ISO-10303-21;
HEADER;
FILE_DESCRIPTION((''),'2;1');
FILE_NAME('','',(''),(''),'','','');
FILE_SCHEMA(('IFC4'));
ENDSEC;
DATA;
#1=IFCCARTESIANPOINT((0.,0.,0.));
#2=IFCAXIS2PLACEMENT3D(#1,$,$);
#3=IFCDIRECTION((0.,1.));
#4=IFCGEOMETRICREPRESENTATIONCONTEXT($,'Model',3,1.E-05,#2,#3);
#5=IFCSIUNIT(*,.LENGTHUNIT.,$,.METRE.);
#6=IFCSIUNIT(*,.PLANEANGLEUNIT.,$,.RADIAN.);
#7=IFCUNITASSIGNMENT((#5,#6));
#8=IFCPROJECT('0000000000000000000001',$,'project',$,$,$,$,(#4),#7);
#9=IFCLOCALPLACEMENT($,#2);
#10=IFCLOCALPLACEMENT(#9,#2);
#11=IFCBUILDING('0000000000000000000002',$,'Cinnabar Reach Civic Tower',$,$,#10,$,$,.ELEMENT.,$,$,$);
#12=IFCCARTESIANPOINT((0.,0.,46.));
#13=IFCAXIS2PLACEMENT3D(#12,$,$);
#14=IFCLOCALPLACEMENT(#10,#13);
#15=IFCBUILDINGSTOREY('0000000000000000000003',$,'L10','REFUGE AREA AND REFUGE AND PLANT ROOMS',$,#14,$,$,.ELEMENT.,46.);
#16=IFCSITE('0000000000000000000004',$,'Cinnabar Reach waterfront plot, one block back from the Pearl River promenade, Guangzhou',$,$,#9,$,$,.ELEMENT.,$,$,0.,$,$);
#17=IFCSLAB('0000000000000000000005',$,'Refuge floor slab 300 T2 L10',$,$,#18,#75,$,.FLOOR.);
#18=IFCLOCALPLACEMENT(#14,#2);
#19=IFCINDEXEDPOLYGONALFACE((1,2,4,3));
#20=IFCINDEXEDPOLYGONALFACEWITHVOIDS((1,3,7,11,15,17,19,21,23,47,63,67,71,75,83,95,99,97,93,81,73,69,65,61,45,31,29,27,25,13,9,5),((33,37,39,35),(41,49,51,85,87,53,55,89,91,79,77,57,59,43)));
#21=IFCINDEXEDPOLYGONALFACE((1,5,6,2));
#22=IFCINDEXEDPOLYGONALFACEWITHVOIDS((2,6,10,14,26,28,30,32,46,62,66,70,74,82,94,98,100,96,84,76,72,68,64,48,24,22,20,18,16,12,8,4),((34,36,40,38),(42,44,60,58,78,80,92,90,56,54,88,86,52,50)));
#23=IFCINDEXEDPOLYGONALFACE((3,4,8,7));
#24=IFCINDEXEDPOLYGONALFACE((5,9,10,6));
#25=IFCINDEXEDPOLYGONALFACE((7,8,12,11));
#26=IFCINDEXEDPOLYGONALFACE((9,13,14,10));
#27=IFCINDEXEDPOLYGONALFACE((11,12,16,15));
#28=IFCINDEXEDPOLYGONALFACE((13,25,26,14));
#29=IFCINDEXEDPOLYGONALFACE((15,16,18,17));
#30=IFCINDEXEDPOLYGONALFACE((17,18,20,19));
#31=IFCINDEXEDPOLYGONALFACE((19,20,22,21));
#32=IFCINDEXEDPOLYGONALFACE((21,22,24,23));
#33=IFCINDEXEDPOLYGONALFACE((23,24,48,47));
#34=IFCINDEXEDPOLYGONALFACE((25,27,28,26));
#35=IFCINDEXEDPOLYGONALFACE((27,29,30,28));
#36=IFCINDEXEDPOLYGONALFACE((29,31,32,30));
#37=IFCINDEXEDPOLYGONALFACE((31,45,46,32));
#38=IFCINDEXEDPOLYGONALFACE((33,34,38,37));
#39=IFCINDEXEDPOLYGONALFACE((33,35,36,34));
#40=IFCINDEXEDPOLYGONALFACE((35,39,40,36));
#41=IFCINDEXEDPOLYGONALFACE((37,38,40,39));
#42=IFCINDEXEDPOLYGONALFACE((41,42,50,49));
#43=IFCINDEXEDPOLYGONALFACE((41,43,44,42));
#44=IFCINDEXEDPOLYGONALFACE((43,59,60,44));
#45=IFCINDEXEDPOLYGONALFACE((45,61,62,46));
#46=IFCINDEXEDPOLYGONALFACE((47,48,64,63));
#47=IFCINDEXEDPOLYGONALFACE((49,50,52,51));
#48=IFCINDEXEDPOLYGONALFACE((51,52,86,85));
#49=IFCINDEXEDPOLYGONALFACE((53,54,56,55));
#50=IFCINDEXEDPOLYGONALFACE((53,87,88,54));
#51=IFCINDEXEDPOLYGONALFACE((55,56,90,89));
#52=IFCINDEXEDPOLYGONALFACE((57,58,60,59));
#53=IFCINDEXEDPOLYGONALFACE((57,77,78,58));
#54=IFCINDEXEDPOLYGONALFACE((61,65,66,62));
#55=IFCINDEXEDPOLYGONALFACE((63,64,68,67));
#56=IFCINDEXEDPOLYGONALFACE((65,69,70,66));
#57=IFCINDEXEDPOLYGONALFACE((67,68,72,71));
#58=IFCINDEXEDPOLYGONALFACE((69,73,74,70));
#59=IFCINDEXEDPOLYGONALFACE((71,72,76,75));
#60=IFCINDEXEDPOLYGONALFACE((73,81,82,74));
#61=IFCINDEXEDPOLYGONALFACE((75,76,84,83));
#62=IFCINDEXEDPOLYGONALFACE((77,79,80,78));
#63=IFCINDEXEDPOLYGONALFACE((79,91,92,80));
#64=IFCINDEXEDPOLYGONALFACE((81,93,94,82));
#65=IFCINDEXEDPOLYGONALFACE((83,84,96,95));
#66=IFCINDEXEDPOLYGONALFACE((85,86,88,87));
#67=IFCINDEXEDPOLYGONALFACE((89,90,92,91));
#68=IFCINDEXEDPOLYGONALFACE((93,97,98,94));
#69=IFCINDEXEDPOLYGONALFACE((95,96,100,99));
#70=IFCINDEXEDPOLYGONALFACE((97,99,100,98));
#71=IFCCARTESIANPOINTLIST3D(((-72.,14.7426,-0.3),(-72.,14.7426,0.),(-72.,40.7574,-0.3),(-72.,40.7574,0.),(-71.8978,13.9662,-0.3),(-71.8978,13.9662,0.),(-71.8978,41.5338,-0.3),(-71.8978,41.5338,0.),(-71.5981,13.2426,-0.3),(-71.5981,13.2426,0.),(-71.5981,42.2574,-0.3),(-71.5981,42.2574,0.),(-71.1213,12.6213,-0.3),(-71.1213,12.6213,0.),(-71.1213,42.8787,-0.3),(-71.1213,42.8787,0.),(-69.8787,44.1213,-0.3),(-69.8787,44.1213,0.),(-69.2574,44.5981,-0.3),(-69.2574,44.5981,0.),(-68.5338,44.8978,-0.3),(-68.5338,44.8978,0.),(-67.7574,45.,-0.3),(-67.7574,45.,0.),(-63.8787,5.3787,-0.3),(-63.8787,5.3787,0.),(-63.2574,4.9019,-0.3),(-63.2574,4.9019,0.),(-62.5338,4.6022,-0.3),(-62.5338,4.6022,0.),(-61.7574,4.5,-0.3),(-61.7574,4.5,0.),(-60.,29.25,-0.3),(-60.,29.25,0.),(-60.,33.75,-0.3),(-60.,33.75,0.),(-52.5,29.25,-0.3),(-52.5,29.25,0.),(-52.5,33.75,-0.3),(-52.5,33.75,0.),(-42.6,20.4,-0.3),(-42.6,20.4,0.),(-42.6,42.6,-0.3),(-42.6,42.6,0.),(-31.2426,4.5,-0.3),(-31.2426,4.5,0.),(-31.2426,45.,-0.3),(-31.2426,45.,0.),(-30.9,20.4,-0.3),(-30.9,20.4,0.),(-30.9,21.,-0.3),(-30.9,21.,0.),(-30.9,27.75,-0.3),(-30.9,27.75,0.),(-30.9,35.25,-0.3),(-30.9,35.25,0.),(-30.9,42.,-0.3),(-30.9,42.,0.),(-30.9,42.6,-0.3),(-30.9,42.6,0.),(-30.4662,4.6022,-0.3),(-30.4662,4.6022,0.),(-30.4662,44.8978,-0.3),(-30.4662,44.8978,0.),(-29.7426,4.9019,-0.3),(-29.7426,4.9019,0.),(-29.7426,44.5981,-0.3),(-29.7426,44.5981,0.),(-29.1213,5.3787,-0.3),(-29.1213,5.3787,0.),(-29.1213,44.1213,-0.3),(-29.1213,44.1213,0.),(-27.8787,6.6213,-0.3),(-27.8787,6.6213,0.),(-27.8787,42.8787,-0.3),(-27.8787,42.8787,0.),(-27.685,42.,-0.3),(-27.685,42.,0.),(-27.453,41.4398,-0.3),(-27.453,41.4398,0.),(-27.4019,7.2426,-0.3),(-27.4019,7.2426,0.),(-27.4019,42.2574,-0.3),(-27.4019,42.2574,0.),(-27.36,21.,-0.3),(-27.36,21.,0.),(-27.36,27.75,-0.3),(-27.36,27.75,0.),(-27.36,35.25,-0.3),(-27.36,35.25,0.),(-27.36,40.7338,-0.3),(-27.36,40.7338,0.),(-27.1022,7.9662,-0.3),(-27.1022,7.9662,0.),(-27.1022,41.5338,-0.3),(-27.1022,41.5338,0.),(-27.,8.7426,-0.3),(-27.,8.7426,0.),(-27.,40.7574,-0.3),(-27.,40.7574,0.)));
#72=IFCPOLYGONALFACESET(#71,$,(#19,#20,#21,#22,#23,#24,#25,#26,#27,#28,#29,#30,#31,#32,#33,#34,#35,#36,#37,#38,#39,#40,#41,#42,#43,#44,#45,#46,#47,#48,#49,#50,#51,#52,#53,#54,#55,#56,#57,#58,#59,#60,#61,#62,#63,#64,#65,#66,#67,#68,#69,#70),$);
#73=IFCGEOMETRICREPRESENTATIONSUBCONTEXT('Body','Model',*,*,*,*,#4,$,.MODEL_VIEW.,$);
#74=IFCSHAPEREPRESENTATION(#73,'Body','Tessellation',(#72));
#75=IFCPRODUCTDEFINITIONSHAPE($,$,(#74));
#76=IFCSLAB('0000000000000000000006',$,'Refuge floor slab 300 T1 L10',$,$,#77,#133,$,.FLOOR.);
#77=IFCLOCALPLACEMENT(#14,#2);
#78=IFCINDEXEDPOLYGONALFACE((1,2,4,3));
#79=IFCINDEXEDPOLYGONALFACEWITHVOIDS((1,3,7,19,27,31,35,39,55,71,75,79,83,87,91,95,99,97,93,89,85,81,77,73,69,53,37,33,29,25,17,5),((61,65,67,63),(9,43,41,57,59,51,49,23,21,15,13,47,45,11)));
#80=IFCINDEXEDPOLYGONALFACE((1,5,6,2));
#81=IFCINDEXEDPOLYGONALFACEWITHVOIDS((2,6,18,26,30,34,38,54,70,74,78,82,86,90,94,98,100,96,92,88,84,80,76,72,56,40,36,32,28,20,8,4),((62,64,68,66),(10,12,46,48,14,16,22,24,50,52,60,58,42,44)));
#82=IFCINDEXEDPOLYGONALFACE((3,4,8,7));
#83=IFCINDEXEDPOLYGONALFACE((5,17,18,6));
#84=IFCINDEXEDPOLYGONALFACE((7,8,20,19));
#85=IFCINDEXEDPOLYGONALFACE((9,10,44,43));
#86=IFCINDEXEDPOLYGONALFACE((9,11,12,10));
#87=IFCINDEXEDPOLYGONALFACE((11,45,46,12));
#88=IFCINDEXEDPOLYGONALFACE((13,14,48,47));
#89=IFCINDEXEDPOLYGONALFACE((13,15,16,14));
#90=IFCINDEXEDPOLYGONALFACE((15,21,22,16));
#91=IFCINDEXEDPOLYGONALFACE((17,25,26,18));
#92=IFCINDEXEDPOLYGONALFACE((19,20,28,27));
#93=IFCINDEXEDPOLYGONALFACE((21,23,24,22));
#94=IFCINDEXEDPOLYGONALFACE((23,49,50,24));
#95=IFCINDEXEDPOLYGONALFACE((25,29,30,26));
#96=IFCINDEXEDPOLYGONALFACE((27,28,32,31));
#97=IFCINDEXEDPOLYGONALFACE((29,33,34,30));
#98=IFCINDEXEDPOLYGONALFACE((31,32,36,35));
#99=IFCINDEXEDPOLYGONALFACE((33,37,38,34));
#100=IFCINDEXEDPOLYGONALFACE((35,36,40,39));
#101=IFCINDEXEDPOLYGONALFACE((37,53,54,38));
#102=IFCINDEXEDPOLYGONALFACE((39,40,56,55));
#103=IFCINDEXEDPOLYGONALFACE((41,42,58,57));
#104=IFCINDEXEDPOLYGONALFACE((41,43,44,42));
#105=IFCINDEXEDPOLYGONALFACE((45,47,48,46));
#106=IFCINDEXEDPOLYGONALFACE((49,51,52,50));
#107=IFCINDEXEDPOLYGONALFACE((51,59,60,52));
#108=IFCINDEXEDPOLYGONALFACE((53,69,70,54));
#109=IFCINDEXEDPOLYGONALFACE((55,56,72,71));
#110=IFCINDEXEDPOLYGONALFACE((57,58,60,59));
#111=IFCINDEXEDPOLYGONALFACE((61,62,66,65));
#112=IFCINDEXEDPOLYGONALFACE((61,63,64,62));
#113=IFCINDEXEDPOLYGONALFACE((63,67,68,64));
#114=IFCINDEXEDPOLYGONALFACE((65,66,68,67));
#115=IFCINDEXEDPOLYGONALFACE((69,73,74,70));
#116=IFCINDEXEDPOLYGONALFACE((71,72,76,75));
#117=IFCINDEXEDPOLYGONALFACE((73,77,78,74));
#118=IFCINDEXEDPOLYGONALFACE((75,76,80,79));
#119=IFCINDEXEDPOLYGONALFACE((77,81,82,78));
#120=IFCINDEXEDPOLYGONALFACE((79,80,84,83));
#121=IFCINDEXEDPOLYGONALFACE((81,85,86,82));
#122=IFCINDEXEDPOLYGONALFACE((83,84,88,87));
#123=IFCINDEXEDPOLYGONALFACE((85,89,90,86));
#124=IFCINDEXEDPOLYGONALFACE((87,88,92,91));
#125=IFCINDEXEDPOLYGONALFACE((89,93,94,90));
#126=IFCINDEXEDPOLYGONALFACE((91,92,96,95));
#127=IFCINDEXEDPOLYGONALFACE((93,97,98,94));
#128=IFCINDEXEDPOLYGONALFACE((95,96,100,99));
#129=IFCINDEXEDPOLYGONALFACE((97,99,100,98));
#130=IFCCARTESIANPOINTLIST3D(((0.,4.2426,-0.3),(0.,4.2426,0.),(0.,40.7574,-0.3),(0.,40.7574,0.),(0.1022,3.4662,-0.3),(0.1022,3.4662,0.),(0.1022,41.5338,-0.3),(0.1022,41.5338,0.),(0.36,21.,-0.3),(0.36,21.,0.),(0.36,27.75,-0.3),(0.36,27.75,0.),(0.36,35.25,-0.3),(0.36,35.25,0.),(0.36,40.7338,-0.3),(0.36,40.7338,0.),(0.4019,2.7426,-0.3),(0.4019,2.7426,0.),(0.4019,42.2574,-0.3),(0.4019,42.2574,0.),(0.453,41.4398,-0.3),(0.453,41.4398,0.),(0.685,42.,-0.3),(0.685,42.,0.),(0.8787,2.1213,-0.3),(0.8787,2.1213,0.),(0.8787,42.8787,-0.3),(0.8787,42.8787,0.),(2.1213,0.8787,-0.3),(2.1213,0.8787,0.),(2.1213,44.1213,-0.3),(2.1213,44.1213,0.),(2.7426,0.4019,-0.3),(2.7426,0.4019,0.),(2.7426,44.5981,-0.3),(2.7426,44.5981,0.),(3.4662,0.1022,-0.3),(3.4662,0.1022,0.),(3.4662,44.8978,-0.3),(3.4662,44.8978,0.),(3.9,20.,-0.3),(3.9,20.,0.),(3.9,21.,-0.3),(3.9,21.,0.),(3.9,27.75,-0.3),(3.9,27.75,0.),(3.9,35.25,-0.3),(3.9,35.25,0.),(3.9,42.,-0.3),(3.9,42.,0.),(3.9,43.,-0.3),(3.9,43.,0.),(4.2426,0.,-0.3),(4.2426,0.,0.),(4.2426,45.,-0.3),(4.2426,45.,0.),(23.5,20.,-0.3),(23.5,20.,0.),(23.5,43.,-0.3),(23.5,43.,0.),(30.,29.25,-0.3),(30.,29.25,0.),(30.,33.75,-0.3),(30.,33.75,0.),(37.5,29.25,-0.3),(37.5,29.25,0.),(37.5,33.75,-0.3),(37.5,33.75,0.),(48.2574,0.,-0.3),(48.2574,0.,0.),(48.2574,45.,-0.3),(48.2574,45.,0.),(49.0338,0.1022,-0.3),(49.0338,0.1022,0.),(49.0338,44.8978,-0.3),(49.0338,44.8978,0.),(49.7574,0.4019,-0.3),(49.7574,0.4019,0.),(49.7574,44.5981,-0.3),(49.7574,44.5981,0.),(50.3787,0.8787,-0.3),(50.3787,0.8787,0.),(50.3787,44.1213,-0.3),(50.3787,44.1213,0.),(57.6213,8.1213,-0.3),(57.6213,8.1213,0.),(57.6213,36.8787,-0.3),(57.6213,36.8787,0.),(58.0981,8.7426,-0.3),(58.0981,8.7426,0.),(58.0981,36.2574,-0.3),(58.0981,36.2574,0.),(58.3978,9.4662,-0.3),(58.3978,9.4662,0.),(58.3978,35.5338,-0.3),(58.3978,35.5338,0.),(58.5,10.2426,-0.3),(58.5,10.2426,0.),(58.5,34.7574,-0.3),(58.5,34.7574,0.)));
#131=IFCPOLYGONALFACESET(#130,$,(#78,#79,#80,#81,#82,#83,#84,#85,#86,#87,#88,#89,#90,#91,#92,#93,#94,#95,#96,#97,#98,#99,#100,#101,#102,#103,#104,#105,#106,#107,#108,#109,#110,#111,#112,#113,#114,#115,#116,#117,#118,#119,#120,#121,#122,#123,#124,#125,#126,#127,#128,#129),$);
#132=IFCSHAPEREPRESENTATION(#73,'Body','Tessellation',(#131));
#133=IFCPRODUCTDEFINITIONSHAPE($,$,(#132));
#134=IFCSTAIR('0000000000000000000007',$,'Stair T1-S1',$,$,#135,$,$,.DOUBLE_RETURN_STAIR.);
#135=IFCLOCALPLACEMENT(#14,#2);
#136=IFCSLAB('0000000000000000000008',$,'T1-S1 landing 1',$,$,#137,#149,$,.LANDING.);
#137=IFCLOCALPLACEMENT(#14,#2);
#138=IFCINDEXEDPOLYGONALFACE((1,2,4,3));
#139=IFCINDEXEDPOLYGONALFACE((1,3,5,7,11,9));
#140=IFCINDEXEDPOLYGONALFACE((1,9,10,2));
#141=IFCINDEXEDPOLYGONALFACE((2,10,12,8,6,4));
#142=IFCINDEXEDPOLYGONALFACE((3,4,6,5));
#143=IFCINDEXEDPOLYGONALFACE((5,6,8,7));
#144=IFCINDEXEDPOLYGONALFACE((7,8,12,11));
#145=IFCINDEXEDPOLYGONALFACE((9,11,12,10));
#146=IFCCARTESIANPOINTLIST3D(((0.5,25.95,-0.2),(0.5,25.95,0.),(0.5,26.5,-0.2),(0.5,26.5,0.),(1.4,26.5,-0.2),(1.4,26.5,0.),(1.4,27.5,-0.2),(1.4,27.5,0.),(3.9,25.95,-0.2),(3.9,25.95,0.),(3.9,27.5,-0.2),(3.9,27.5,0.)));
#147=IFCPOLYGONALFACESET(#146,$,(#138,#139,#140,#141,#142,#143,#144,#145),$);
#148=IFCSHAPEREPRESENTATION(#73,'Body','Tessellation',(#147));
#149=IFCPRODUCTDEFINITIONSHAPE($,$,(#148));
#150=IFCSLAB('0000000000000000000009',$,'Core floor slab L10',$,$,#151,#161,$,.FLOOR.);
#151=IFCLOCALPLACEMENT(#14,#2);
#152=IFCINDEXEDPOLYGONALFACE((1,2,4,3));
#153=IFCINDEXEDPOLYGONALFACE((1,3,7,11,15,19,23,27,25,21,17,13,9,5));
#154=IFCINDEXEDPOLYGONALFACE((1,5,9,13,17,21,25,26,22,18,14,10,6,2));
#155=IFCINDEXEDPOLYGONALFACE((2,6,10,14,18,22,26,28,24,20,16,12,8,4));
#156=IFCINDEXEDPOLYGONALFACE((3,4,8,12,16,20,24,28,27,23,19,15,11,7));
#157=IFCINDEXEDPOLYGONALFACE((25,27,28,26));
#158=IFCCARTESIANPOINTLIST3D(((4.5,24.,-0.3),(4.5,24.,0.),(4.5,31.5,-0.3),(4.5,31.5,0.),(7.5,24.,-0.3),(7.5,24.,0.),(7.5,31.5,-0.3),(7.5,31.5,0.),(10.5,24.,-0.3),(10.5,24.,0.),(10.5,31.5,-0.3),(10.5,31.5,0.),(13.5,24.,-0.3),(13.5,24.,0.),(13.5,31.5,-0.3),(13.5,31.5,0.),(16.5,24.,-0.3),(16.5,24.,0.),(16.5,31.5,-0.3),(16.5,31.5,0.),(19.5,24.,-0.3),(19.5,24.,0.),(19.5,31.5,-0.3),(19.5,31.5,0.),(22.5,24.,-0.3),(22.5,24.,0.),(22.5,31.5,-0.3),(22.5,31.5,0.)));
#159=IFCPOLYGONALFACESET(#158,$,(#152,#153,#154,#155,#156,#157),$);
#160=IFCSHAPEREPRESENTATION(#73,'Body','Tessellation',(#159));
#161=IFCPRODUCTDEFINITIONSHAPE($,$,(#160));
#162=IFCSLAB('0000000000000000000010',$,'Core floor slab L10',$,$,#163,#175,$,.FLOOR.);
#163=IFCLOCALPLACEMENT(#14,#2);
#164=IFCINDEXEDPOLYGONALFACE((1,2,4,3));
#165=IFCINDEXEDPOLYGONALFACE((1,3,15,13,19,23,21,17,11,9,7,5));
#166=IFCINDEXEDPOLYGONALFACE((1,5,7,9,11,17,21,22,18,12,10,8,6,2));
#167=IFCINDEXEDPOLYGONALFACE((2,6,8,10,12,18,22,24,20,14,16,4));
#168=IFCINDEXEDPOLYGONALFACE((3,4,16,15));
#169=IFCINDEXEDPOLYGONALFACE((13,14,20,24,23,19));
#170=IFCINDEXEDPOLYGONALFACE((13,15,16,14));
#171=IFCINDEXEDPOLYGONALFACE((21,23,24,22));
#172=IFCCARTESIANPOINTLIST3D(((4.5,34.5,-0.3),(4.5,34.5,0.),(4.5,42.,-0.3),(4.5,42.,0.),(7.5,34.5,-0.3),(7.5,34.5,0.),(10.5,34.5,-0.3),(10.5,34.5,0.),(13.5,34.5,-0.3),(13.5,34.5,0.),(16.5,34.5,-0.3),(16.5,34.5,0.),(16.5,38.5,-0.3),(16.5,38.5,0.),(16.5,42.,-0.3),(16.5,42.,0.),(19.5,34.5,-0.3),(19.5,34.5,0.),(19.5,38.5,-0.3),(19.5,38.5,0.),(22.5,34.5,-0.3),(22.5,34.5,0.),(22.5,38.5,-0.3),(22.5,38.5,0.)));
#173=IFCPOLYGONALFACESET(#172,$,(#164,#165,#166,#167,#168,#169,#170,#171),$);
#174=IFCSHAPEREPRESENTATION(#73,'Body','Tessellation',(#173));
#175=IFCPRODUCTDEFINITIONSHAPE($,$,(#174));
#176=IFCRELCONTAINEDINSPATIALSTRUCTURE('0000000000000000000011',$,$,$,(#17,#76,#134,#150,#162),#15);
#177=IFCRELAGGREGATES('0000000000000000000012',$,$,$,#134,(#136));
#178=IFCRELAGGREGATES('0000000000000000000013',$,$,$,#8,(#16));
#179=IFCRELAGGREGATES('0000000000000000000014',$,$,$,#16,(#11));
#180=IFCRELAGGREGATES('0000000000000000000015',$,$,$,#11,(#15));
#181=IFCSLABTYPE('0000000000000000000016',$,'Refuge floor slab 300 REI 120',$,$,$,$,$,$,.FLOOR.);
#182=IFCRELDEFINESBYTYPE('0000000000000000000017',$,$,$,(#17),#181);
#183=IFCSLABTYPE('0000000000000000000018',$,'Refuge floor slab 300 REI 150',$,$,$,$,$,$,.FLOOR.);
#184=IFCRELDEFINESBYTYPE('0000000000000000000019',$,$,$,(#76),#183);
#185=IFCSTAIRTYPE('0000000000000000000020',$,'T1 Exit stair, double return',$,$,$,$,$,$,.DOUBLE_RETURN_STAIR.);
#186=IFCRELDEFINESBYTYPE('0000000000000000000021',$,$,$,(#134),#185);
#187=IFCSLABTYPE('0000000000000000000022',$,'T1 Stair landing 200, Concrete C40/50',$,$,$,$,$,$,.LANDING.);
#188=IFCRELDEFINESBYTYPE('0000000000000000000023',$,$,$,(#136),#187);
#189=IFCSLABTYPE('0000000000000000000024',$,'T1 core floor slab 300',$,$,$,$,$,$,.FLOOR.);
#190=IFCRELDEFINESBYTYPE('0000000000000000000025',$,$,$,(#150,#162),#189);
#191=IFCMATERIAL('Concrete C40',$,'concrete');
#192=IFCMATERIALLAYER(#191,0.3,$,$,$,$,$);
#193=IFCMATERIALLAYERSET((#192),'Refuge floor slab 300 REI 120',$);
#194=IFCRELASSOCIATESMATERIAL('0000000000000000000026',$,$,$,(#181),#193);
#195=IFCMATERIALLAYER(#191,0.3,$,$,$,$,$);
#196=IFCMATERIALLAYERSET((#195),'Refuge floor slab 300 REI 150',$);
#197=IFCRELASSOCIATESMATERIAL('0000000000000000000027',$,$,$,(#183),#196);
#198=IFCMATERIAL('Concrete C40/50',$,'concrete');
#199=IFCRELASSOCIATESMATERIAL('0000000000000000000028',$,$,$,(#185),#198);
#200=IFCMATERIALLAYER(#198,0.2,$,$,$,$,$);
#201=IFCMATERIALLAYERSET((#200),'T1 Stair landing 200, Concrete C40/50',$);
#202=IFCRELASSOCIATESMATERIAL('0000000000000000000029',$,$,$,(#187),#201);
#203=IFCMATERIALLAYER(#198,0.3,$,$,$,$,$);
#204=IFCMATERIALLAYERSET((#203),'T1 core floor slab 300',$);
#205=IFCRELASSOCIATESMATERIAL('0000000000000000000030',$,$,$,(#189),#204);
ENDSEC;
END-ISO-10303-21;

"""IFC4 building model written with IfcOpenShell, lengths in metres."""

from ifc_helpers import new_model, si_unit, direction, frame, origin, place, context, subcontext, project, spatial, polyline, outline, extrude, material, layer, layer_set, type_object, element, aggregate, save


model = new_model("IFC4")

# Units and contexts
model_context = context("Model", 3, precision=1e-05, world=origin(), true_north=direction((0.0, 1.0)))
body_context = subcontext(model_context, "Body", "Model", "MODEL_VIEW")
ifc_project = project(units=[si_unit("LENGTHUNIT", "METRE"), si_unit("PLANEANGLEUNIT", "RADIAN")], contexts=[model_context])

# Site, building, storey
site_placement = place(None, origin())
site = spatial("IfcSite", under=ifc_project, at=site_placement, Name="Cinnabar Reach waterfront plot, one block back from the Pearl River promenade, Guangzhou", CompositionType="ELEMENT", RefElevation=0.0)
building_placement = place(site_placement, origin())
building = spatial("IfcBuilding", under=site, at=building_placement, Name="Cinnabar Reach Civic Tower", CompositionType="ELEMENT")
storey_placement = place(building_placement, frame((0.0, 0.0, 46.0)))
storey = spatial("IfcBuildingStorey", under=building, at=storey_placement, Name="L10", Description="REFUGE AREA AND REFUGE AND PLANT ROOMS", CompositionType="ELEMENT", Elevation=46.0)

# Shared definitions
ifc_material_1 = material(Name="Concrete C40", Category="concrete")

# Slabs
ifc_layer_1 = layer(ifc_material_1, 0.3)
ifc_layer_set_1 = layer_set([ifc_layer_1], Name="Refuge floor slab 300 REI 120")
slab_type_1 = type_object("IfcSlabType", Name="Refuge floor slab 300 REI 120", PredefinedType="FLOOR", material=ifc_layer_set_1)
slab_1_placement = place(storey_placement, frame((0.0, 0.0, -0.3)))
element("IfcSlab", 1, at=slab_1_placement, inside=storey, type_object=slab_type_1, Name="Refuge floor slab 300 T2 L10", PredefinedType="FLOOR", context=body_context, shape_type="SweptSolid", body=[
    extrude(outline(polyline([(-71.1213, 12.6213), (-71.5981, 13.2426), (-71.8978, 13.9662), (-72.0, 14.7426), (-72.0, 40.7574), (-71.8978, 41.5338), (-71.5981, 42.2574), (-71.1213, 42.8787), (-69.8787, 44.1213), (-69.2574, 44.5981), (-68.5338, 44.8978), (-67.7574, 45.0), (-31.2426, 45.0), (-30.4662, 44.8978), (-29.7426, 44.5981), (-29.1213, 44.1213), (-27.8787, 42.8787), (-27.4019, 42.2574), (-27.1022, 41.5338), (-27.0, 40.7574), (-27.0, 8.7426), (-27.1022, 7.9662), (-27.4019, 7.2426), (-27.8787, 6.6213), (-29.1213, 5.3787), (-29.7426, 4.9019), (-30.4662, 4.6022), (-31.2426, 4.5), (-61.7574, 4.5), (-62.5338, 4.6022), (-63.2574, 4.9019), (-63.8787, 5.3787), (-71.1213, 12.6213)]), holes=[polyline([(-30.9, 27.75), (-30.9, 35.25), (-27.36, 35.25), (-27.36, 40.7338), (-27.453, 41.4398), (-27.685, 42.0), (-30.9, 42.0), (-30.9, 42.6), (-42.6, 42.6), (-42.6, 20.4), (-30.9, 20.4), (-30.9, 21.0), (-27.36, 21.0), (-27.36, 27.75), (-30.9, 27.75)]), polyline([(-60.0, 33.75), (-60.0, 29.25), (-52.5, 29.25), (-52.5, 33.75), (-60.0, 33.75)])]), origin(), (0.0, 0.0, 1.0), 0.3),
])
ifc_layer_2 = layer(ifc_material_1, 0.3)
ifc_layer_set_2 = layer_set([ifc_layer_2], Name="Refuge floor slab 300 REI 150")
slab_type_2 = type_object("IfcSlabType", Name="Refuge floor slab 300 REI 150", PredefinedType="FLOOR", material=ifc_layer_set_2)
slab_2_placement = place(storey_placement, frame((0.0, 0.0, -0.3)))
element("IfcSlab", 2, at=slab_2_placement, inside=storey, type_object=slab_type_2, Name="Refuge floor slab 300 T1 L10", PredefinedType="FLOOR", context=body_context, shape_type="SweptSolid", body=[
    extrude(outline(polyline([(0.8787, 2.1213), (0.4019, 2.7426), (0.1022, 3.4662), (0.0, 4.2426), (0.0, 40.7574), (0.1022, 41.5338), (0.4019, 42.2574), (0.8787, 42.8787), (2.1213, 44.1213), (2.7426, 44.5981), (3.4662, 44.8978), (4.2426, 45.0), (48.2574, 45.0), (49.0338, 44.8978), (49.7574, 44.5981), (50.3787, 44.1213), (57.6213, 36.8787), (58.0981, 36.2574), (58.3978, 35.5338), (58.5, 34.7574), (58.5, 10.2426), (58.3978, 9.4662), (58.0981, 8.7426), (57.6213, 8.1213), (50.3787, 0.8787), (49.7574, 0.4019), (49.0338, 0.1022), (48.2574, 0.0), (4.2426, 0.0), (3.4662, 0.1022), (2.7426, 0.4019), (2.1213, 0.8787), (0.8787, 2.1213)]), holes=[polyline([(0.36, 21.0), (3.9, 21.0), (3.9, 20.0), (23.5, 20.0), (23.5, 43.0), (3.9, 43.0), (3.9, 42.0), (0.685, 42.0), (0.453, 41.4398), (0.36, 40.7338), (0.36, 35.25), (3.9, 35.25), (3.9, 27.75), (0.36, 27.75), (0.36, 21.0)]), polyline([(30.0, 33.75), (30.0, 29.25), (37.5, 29.25), (37.5, 33.75), (30.0, 33.75)])]), origin(), (0.0, 0.0, 1.0), 0.3),
])

# Stair, slab
ifc_material_2 = material(Name="Concrete C40/50", Category="concrete")
stair_type = type_object("IfcStairType", Name="T1 Exit stair, double return", PredefinedType="DOUBLE_RETURN_STAIR", material=ifc_material_2)
stair_placement = place(storey_placement, origin())
stair = element("IfcStair", 3, at=stair_placement, inside=storey, type_object=stair_type, Name="Stair T1-S1", PredefinedType="DOUBLE_RETURN_STAIR")
ifc_layer_3 = layer(ifc_material_2, 0.2)
ifc_layer_set_3 = layer_set([ifc_layer_3], Name="T1 Stair landing 200, Concrete C40/50")
slab_type_3 = type_object("IfcSlabType", Name="T1 Stair landing 200, Concrete C40/50", PredefinedType="LANDING", material=ifc_layer_set_3)
slab_3_placement = place(storey_placement, frame((0.0, 0.0, -0.2)))
slab_3 = element("IfcSlab", 4, at=slab_3_placement, type_object=slab_type_3, Name="T1-S1 landing 1", PredefinedType="LANDING", context=body_context, shape_type="SweptSolid", body=[
    extrude(outline(polyline([(3.9, 27.5), (3.9, 25.95), (0.5, 25.95), (0.5, 26.5), (1.4, 26.5), (1.4, 27.5), (3.9, 27.5)])), origin(), (0.0, 0.0, 1.0), 0.2),
])
aggregate(stair, [slab_3])

# Slabs
ifc_layer_4 = layer(ifc_material_2, 0.3)
ifc_layer_set_4 = layer_set([ifc_layer_4], Name="T1 core floor slab 300")
slab_type_4 = type_object("IfcSlabType", Name="T1 core floor slab 300", PredefinedType="FLOOR", material=ifc_layer_set_4)
slab_4_placement = place(storey_placement, frame((0.0, 0.0, -0.3)))
element("IfcSlab", 5, at=slab_4_placement, inside=storey, type_object=slab_type_4, Name="Core floor slab L10", PredefinedType="FLOOR", context=body_context, shape_type="SweptSolid", body=[
    extrude(outline(polyline([(22.5, 24.0), (19.5, 24.0), (16.5, 24.0), (13.5, 24.0), (10.5, 24.0), (7.5, 24.0), (4.5, 24.0), (4.5, 31.5), (7.5, 31.5), (10.5, 31.5), (13.5, 31.5), (16.5, 31.5), (19.5, 31.5), (22.5, 31.5), (22.5, 24.0)])), origin(), (0.0, 0.0, 1.0), 0.3),
])
slab_5_placement = place(storey_placement, frame((0.0, 0.0, -0.3)))
element("IfcSlab", 6, at=slab_5_placement, inside=storey, type_object=slab_type_4, Name="Core floor slab L10", PredefinedType="FLOOR", context=body_context, shape_type="SweptSolid", body=[
    extrude(outline(polyline([(22.5, 34.5), (19.5, 34.5), (16.5, 34.5), (13.5, 34.5), (10.5, 34.5), (7.5, 34.5), (4.5, 34.5), (4.5, 42.0), (16.5, 42.0), (16.5, 38.5), (19.5, 38.5), (22.5, 38.5), (22.5, 34.5)])), origin(), (0.0, 0.0, 1.0), 0.3),
])

save(model, "model.ifc")
